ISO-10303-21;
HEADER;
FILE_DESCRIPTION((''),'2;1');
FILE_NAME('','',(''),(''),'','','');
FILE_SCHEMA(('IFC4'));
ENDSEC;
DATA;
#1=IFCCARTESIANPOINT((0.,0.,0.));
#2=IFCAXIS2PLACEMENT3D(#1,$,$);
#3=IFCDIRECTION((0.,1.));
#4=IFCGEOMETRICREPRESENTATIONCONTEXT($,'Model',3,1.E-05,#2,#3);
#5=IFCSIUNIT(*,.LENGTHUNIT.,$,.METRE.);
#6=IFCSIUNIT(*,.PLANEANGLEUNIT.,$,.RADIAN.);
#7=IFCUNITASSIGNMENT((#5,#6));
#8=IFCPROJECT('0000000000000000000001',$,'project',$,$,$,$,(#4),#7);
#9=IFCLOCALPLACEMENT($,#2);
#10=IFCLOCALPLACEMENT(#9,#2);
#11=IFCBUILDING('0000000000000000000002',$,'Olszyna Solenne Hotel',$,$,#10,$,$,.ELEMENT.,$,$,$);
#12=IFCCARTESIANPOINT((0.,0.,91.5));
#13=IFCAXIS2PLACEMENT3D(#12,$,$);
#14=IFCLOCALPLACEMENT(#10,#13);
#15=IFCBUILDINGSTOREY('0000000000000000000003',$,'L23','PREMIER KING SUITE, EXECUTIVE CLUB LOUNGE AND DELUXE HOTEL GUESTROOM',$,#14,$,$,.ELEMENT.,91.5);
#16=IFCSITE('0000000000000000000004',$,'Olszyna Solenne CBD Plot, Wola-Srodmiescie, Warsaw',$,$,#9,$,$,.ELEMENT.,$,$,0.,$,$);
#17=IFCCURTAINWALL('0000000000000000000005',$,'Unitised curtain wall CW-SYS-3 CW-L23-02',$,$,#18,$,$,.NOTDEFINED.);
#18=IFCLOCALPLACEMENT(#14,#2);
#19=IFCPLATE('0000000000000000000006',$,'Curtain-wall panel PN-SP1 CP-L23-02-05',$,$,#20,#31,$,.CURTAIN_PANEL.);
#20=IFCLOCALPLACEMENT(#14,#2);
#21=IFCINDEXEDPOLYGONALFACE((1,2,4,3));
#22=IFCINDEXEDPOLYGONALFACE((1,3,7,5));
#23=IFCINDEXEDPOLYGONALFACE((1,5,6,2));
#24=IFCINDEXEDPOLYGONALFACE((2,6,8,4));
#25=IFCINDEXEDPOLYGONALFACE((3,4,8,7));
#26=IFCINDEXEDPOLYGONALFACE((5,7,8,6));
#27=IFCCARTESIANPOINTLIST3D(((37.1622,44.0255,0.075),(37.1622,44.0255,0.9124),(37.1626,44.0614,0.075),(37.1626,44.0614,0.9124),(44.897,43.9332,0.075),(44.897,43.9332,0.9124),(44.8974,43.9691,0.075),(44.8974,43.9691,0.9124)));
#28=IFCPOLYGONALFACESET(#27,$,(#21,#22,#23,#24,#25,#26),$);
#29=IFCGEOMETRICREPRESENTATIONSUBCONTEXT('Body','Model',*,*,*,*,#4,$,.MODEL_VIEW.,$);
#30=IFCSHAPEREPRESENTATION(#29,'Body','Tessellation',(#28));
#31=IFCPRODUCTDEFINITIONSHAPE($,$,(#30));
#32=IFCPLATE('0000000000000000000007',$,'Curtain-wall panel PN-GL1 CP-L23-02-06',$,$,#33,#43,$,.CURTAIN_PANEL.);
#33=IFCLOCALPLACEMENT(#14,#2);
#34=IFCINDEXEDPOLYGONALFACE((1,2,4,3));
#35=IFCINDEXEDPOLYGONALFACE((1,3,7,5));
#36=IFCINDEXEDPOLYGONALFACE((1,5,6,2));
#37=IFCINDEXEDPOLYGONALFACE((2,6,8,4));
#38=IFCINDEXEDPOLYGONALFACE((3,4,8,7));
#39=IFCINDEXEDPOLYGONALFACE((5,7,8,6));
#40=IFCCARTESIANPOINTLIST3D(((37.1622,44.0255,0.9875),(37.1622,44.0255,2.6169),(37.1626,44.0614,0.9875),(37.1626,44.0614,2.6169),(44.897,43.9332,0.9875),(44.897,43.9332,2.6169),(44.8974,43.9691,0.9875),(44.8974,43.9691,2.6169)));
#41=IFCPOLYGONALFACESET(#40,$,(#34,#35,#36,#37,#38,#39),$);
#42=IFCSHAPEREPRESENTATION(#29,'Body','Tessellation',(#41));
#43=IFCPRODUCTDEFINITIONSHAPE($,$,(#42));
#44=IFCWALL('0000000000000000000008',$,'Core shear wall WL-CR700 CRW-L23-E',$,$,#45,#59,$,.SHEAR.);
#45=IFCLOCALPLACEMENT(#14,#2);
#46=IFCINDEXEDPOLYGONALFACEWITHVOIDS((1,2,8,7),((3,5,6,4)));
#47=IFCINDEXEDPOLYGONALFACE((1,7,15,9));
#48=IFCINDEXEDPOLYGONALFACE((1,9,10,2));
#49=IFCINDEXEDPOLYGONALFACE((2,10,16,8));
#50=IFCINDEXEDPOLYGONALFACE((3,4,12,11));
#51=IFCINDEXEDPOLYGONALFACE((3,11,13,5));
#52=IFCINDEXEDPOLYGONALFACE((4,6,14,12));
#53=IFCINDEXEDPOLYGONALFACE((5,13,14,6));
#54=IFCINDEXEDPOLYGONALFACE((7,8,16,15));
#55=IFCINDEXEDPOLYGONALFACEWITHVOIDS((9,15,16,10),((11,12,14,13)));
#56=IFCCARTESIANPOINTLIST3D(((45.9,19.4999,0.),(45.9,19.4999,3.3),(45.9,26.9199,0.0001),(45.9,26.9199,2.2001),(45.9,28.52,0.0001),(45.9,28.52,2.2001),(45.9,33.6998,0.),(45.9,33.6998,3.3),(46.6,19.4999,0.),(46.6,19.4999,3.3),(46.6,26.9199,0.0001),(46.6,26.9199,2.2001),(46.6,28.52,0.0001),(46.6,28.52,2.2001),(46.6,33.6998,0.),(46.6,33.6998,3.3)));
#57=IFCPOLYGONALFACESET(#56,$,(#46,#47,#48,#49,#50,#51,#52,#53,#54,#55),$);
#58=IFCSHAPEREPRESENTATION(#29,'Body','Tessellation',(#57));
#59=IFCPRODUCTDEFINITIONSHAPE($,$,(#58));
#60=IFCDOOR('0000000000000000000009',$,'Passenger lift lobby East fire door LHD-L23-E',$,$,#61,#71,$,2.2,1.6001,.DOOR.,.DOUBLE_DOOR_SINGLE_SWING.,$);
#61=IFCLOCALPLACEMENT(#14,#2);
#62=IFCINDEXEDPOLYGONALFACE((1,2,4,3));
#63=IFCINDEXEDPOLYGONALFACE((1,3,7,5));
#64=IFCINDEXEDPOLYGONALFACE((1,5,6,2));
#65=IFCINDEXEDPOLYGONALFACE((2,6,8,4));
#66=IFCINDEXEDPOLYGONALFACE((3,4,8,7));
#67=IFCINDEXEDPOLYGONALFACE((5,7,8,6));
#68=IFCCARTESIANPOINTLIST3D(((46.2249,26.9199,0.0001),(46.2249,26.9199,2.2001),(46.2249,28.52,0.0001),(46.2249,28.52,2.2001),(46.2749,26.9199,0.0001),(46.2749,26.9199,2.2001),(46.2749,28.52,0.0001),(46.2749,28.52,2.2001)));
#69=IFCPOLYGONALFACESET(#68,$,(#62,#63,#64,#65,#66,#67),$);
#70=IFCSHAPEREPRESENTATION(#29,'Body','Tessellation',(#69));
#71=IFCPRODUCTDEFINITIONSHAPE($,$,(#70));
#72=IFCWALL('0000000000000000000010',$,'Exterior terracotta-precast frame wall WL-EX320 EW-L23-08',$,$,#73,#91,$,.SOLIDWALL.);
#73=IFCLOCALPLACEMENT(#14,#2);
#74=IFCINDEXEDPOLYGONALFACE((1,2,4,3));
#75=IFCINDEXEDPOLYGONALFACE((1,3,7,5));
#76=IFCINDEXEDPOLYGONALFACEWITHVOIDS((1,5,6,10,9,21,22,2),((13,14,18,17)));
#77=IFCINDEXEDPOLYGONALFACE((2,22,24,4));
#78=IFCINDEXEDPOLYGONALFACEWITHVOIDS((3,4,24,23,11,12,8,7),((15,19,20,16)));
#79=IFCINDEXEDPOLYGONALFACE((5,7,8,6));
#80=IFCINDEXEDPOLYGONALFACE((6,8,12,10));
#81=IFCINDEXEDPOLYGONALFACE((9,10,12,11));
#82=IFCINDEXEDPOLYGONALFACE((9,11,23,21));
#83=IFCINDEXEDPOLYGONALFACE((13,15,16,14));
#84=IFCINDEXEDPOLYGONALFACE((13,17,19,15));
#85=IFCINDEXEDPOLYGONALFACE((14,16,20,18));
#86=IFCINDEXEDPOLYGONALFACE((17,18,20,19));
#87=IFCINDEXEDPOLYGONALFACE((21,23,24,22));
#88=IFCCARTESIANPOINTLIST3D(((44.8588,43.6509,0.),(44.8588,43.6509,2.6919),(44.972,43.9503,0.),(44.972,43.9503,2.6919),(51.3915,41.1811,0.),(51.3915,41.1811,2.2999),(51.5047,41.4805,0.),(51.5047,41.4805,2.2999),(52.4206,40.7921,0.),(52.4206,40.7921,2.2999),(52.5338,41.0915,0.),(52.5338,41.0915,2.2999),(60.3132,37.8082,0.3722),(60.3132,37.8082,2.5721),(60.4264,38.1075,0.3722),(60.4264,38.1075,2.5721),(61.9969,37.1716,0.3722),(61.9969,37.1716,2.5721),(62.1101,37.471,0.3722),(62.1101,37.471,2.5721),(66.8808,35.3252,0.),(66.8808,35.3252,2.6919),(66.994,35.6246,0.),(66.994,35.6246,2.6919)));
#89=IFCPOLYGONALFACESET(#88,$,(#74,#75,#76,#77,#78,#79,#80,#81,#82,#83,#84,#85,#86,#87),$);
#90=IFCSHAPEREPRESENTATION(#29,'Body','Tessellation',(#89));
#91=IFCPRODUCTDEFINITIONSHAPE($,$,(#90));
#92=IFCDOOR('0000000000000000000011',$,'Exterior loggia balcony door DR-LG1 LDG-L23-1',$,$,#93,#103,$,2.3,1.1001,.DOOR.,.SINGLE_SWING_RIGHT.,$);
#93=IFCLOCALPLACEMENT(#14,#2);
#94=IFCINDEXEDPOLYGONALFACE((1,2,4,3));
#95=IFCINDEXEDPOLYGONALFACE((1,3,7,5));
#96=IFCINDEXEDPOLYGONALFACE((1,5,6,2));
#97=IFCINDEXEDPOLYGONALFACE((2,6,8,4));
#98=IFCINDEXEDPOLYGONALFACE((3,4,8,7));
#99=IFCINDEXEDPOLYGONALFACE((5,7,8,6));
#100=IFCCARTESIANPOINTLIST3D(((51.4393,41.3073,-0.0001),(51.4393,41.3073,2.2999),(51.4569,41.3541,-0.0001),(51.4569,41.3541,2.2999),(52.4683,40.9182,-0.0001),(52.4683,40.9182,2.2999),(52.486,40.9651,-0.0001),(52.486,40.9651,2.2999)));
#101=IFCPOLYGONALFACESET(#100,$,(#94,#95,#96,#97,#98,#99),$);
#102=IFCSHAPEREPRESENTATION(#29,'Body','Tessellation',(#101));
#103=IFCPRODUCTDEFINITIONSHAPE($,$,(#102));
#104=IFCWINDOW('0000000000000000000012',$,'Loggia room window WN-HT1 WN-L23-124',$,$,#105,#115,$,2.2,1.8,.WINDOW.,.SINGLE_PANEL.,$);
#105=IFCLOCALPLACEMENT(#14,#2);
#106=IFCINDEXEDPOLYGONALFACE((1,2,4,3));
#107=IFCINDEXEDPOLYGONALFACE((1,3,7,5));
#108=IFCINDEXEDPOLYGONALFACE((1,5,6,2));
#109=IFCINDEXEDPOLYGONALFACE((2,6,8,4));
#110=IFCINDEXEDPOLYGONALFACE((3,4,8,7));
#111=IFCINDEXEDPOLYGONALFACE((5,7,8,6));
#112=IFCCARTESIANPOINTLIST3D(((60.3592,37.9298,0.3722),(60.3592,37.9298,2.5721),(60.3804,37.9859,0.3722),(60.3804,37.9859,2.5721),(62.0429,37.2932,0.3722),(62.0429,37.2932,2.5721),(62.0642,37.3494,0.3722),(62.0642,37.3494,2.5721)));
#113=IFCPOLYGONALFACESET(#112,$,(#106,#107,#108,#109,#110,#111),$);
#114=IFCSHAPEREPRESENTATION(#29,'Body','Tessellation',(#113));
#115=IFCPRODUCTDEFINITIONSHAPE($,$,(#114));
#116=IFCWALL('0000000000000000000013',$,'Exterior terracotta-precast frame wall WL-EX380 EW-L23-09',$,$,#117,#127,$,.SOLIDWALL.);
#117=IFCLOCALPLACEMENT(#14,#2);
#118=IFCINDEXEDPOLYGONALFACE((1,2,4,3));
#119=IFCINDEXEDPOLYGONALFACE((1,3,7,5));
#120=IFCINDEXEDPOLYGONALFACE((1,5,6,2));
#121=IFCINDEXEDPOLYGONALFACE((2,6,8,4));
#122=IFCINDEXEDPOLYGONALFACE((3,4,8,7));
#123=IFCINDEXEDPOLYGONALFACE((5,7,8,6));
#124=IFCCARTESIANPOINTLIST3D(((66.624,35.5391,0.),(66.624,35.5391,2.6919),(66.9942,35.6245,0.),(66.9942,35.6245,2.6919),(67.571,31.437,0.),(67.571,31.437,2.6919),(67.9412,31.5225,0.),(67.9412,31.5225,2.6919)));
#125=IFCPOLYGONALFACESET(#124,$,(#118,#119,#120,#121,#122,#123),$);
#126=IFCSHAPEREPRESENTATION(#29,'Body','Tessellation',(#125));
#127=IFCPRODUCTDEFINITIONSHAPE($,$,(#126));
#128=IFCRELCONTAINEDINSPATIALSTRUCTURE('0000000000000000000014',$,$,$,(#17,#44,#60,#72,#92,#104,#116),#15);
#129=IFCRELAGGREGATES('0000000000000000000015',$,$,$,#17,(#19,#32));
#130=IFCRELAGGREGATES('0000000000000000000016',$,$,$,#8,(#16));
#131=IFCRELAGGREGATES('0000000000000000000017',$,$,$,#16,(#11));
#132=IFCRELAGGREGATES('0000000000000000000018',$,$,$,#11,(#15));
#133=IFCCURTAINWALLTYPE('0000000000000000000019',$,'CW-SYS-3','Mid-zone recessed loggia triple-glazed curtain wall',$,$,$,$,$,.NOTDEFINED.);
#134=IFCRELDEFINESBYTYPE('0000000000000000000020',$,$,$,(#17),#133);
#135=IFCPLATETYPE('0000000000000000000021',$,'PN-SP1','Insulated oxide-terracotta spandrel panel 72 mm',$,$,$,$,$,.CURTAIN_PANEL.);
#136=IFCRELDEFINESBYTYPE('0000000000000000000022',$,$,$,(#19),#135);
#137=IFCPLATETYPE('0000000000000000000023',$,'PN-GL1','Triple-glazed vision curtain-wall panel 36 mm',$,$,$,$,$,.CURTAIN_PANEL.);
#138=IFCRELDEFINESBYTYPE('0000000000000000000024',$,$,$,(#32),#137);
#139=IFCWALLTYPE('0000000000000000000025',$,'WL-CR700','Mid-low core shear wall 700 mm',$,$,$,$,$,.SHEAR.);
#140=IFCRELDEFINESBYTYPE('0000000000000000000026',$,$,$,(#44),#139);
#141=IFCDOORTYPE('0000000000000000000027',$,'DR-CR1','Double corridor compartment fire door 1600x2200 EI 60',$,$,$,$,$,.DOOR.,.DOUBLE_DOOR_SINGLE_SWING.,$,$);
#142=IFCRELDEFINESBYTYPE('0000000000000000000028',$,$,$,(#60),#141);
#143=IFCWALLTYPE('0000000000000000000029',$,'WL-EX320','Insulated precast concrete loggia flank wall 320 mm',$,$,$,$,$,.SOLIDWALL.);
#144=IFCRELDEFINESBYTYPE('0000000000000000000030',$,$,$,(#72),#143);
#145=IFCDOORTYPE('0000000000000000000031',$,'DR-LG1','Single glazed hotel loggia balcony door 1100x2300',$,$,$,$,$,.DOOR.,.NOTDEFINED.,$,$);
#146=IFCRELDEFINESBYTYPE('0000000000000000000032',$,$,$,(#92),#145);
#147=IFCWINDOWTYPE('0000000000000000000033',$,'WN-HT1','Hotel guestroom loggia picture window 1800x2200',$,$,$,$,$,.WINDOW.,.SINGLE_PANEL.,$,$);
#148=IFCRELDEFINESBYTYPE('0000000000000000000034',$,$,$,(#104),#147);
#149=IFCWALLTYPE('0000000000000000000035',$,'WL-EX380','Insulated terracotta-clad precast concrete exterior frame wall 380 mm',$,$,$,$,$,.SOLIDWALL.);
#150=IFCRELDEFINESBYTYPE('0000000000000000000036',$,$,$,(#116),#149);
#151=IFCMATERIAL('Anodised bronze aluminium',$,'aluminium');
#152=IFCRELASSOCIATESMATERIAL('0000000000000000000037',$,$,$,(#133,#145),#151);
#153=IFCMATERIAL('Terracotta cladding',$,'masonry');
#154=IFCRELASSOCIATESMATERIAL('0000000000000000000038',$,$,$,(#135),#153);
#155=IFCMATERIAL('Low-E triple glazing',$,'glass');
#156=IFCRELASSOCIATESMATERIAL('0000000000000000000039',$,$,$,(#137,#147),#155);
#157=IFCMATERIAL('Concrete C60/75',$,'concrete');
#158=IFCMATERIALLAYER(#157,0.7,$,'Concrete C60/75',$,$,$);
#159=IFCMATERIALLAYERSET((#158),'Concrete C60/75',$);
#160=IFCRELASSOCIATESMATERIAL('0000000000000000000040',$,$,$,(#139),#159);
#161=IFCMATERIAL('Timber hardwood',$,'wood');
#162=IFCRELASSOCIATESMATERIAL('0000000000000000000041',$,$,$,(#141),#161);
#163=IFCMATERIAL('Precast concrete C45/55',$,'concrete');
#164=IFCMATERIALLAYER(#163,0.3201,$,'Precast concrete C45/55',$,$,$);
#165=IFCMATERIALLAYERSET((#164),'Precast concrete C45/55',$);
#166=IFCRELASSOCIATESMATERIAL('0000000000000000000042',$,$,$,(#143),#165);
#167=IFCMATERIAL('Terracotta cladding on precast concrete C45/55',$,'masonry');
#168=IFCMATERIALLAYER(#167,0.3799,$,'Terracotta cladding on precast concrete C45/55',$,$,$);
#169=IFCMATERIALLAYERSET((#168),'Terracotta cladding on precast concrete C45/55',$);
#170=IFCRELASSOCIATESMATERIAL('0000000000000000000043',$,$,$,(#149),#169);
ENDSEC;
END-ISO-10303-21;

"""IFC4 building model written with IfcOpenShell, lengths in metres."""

from ifc_helpers import new_model, si_unit, direction, frame, frame_2d, origin, origin_2d, place, context, subcontext, project, spatial, rectangle, extrude, source, transform, mapped, material, layer, layer_set, type_object, type_shapes, element, fill, aggregate, save


model = new_model("IFC4")

# Units and contexts
model_context = context("Model", 3, precision=1e-05, world=origin(), true_north=direction((0.0, 1.0)))
body_context = subcontext(model_context, "Body", "Model", "MODEL_VIEW")
ifc_project = project(units=[si_unit("LENGTHUNIT", "METRE"), si_unit("PLANEANGLEUNIT", "RADIAN")], contexts=[model_context])

# Site, building, storey
site_placement = place(None, origin())
site = spatial("IfcSite", under=ifc_project, at=site_placement, Name="Olszyna Solenne CBD Plot, Wola-Srodmiescie, Warsaw", CompositionType="ELEMENT", RefElevation=0.0)
building_placement = place(site_placement, origin())
building = spatial("IfcBuilding", under=site, at=building_placement, Name="Olszyna Solenne Hotel", CompositionType="ELEMENT")
storey_placement = place(building_placement, frame((0.0, 0.0, 91.5)))
storey = spatial("IfcBuildingStorey", under=building, at=storey_placement, Name="L23", Description="PREMIER KING SUITE, EXECUTIVE CLUB LOUNGE AND DELUXE HOTEL GUESTROOM", CompositionType="ELEMENT", Elevation=91.5)

# Curtain wall
ifc_material_1 = material(Name="Anodised bronze aluminium", Category="aluminium")
curtain_wall_type = type_object("IfcCurtainWallType", Name="CW-SYS-3", Description="Mid-zone recessed loggia triple-glazed curtain wall", PredefinedType="NOTDEFINED", material=ifc_material_1)
curtain_wall_placement = place(storey_placement, origin())
curtain_wall = element("IfcCurtainWall", 1, at=curtain_wall_placement, inside=storey, type_object=curtain_wall_type, Name="Unitised curtain wall CW-SYS-3 CW-L23-02", PredefinedType="NOTDEFINED")

# Plates
ifc_material_2 = material(Name="Terracotta cladding", Category="masonry")
plate_type_1 = type_object("IfcPlateType", Name="PN-SP1", Description="Insulated oxide-terracotta spandrel panel 72 mm", PredefinedType="CURTAIN_PANEL", material=ifc_material_2)
shared_shape_1 = source(origin(), body_context, "Body", "SweptSolid", [
    extrude(rectangle(XDim=7.7354, YDim=0.0359, at=origin_2d()), origin(), (0.0, 0.0, 1.0), 0.8374),
])
plate_1_placement = place(storey_placement, frame((41.0298, 43.9973, 0.075), z_axis=(0.0, 0.0, 1.0), x_axis=(0.999929, -0.011927, 0.0)))
plate_1 = element("IfcPlate", 2, at=plate_1_placement, type_object=plate_type_1, Name="Curtain-wall panel PN-SP1 CP-L23-02-05", PredefinedType="CURTAIN_PANEL", context=body_context, shape_type="MappedRepresentation", body=[
    mapped(shared_shape_1, transform((0.0, 0.0, 0.0), x_axis=(1.0, 0.0, 0.0), y_axis=(0.0, 1.0, 0.0), z_axis=(0.0, 0.0, 1.0), scale=1.0)),
])
ifc_material_3 = material(Name="Low-E triple glazing", Category="glass")
plate_type_2 = type_object("IfcPlateType", Name="PN-GL1", Description="Triple-glazed vision curtain-wall panel 36 mm", PredefinedType="CURTAIN_PANEL", material=ifc_material_3)
shared_shape_2 = source(origin(), body_context, "Body", "SweptSolid", [
    extrude(rectangle(XDim=7.7354, YDim=0.0359, at=origin_2d()), origin(), (0.0, 0.0, 1.0), 1.6294),
])
plate_2_placement = place(storey_placement, frame((41.0298, 43.9973, 0.9875), z_axis=(0.0, 0.0, 1.0), x_axis=(0.999929, -0.011927, 0.0)))
plate_2 = element("IfcPlate", 3, at=plate_2_placement, type_object=plate_type_2, Name="Curtain-wall panel PN-GL1 CP-L23-02-06", PredefinedType="CURTAIN_PANEL", context=body_context, shape_type="MappedRepresentation", body=[
    mapped(shared_shape_2, transform((0.0, 0.0, 0.0), x_axis=(1.0, 0.0, 0.0), y_axis=(0.0, 1.0, 0.0), z_axis=(0.0, 0.0, 1.0), scale=1.0)),
])
aggregate(curtain_wall, [plate_1, plate_2])

# Wall, opening, door
ifc_material_4 = material(Name="Concrete C60/75", Category="concrete")
ifc_layer_1 = layer(ifc_material_4, 0.7, Name="Concrete C60/75")
ifc_layer_set_1 = layer_set([ifc_layer_1], Name="Concrete C60/75")
wall_type_1 = type_object("IfcWallType", Name="WL-CR700", Description="Mid-low core shear wall 700 mm", PredefinedType="SHEAR", material=ifc_layer_set_1)
wall_1_placement = place(storey_placement, frame((46.25, 33.7, 0.0), z_axis=(0.0, 0.0, 1.0), x_axis=(0.0, -1.0, 0.0)))
wall_1 = element("IfcWall", 4, at=wall_1_placement, inside=storey, type_object=wall_type_1, Name="Core shear wall WL-CR700 CRW-L23-E", PredefinedType="SHEAR", context=body_context, shape_type="SweptSolid", body=[
    extrude(rectangle(XDim=14.2, YDim=0.7, at=frame_2d((7.1001, 0.0))), origin(), (0.0, 0.0, 1.0), 3.3),
])
opening_1_placement = place(wall_1_placement, frame((5.1799, 0.0, 0.0)))
opening_1 = element("IfcOpeningElement", 5, at=opening_1_placement, cuts=wall_1, PredefinedType="OPENING", context=body_context, shape_type="SweptSolid", body=[
    extrude(rectangle(XDim=1.6001, YDim=2.2, at=frame_2d((0.8, 1.1001))), frame((0.0, 0.3599, 0.0), z_axis=(0.0, -1.0, 0.0), x_axis=(1.0, 0.0, 0.0)), (0.0, 0.0, 1.0), 0.72),
])
ifc_material_5 = material(Name="Timber hardwood", Category="wood")
door_type_1 = type_object("IfcDoorType", Name="DR-CR1", Description="Double corridor compartment fire door 1600x2200 EI 60", OperationType="DOUBLE_DOOR_SINGLE_SWING", PredefinedType="DOOR", material=ifc_material_5)
shared_shape_3 = source(origin(), body_context, "Body", "SweptSolid", [
    extrude(rectangle(XDim=1.6001, YDim=2.2, at=frame_2d((0.8, 1.1001))), frame((0.0, 0.0249, 0.0), z_axis=(0.0, -1.0, 0.0), x_axis=(1.0, 0.0, 0.0)), (0.0, 0.0, 1.0), 0.05),
])
type_shapes(door_type_1, [shared_shape_3])
door_1_placement = place(opening_1_placement, origin())
door_1 = element("IfcDoor", 6, at=door_1_placement, inside=storey, type_object=door_type_1, Name="Passenger lift lobby East fire door LHD-L23-E", OperationType="DOUBLE_DOOR_SINGLE_SWING", OverallHeight=2.2, OverallWidth=1.6001, PredefinedType="DOOR", context=body_context, shape_type="MappedRepresentation", body=[
    mapped(shared_shape_3, transform((0.0, 0.0, 0.0), x_axis=(1.0, 0.0, 0.0), y_axis=(0.0, 1.0, 0.0), z_axis=(0.0, 0.0, 1.0), scale=1.0)),
])
fill(opening_1, door_1)

# Wall, openings, door, window
ifc_material_6 = material(Name="Precast concrete C45/55", Category="concrete")
ifc_layer_2 = layer(ifc_material_6, 0.3201, Name="Precast concrete C45/55")
ifc_layer_set_2 = layer_set([ifc_layer_2], Name="Precast concrete C45/55")
wall_type_2 = type_object("IfcWallType", Name="WL-EX320", Description="Insulated precast concrete loggia flank wall 320 mm", PredefinedType="SOLIDWALL", material=ifc_layer_set_2)
wall_2_placement = place(storey_placement, frame((44.9155, 43.8005, 0.0), z_axis=(0.0, 0.0, 1.0), x_axis=(0.935384, -0.353634, 0.0)))
wall_2 = element("IfcWall", 7, at=wall_2_placement, inside=storey, type_object=wall_type_2, Name="Exterior terracotta-precast frame wall WL-EX320 EW-L23-08", PredefinedType="SOLIDWALL", context=body_context, shape_type="SweptSolid", body=[
    extrude(rectangle(XDim=23.5432, YDim=0.3201, at=frame_2d((11.7715, 0.0))), origin(), (0.0, 0.0, 1.0), 2.6919),
])
opening_2_placement = place(wall_2_placement, frame((6.9839, 0.0, 0.0)))
opening_2 = element("IfcOpeningElement", 8, at=opening_2_placement, cuts=wall_2, PredefinedType="OPENING", context=body_context, shape_type="SweptSolid", body=[
    extrude(rectangle(XDim=1.1001, YDim=2.3, at=frame_2d((0.55, 1.1499))), frame((0.0, 0.1699, 0.0), z_axis=(0.0, -1.0, 0.0), x_axis=(1.0, 0.0, 0.0)), (0.0, 0.0, 1.0), 0.3401),
])
opening_3_placement = place(wall_2_placement, frame((16.522, 0.0, 0.3721)))
opening_3 = element("IfcOpeningElement", 9, at=opening_3_placement, cuts=wall_2, PredefinedType="OPENING", context=body_context, shape_type="SweptSolid", body=[
    extrude(rectangle(XDim=1.8, YDim=2.2, at=frame_2d((0.8999, 1.1001))), frame((0.0, 0.1699, 0.0), z_axis=(0.0, -1.0, 0.0), x_axis=(1.0, 0.0, 0.0)), (0.0, 0.0, 1.0), 0.3401),
])
door_type_2 = type_object("IfcDoorType", Name="DR-LG1", Description="Single glazed hotel loggia balcony door 1100x2300", OperationType="NOTDEFINED", PredefinedType="DOOR", material=ifc_material_1)
shared_shape_4 = source(origin(), body_context, "Body", "SweptSolid", [
    extrude(rectangle(XDim=1.1001, YDim=2.3, at=frame_2d((0.55, 1.1499))), frame((0.0, 0.0249, 0.0), z_axis=(0.0, -1.0, 0.0), x_axis=(1.0, 0.0, 0.0)), (0.0, 0.0, 1.0), 0.05),
])
type_shapes(door_type_2, [shared_shape_4])
door_2_placement = place(opening_2_placement, origin())
door_2 = element("IfcDoor", 10, at=door_2_placement, inside=storey, type_object=door_type_2, Name="Exterior loggia balcony door DR-LG1 LDG-L23-1", OperationType="SINGLE_SWING_RIGHT", OverallHeight=2.3, OverallWidth=1.1001, PredefinedType="DOOR", context=body_context, shape_type="MappedRepresentation", body=[
    mapped(shared_shape_4, transform((0.0, 0.0, 0.0), x_axis=(1.0, 0.0, 0.0), y_axis=(0.0, 1.0, 0.0), z_axis=(0.0, 0.0, 1.0), scale=1.0)),
])
fill(opening_2, door_2)
window_type_1 = type_object("IfcWindowType", Name="WN-HT1", Description="Hotel guestroom loggia picture window 1800x2200", PartitioningType="SINGLE_PANEL", PredefinedType="WINDOW", material=ifc_material_3)
shared_shape_5 = source(origin(), body_context, "Body", "SweptSolid", [
    extrude(rectangle(XDim=1.8, YDim=2.2, at=frame_2d((0.8999, 1.1001))), frame((0.0, 0.03, 0.0), z_axis=(0.0, -1.0, 0.0), x_axis=(1.0, 0.0, 0.0)), (0.0, 0.0, 1.0), 0.0601),
])
type_shapes(window_type_1, [shared_shape_5])
window_1_placement = place(opening_3_placement, origin())
window_1 = element("IfcWindow", 11, at=window_1_placement, inside=storey, type_object=window_type_1, Name="Loggia room window WN-HT1 WN-L23-124", OverallHeight=2.2, OverallWidth=1.8, PartitioningType="SINGLE_PANEL", PredefinedType="WINDOW", context=body_context, shape_type="MappedRepresentation", body=[
    mapped(shared_shape_5, transform((0.0, 0.0, 0.0), x_axis=(1.0, 0.0, 0.0), y_axis=(0.0, 1.0, 0.0), z_axis=(0.0, 0.0, 1.0), scale=1.0)),
])
fill(opening_3, window_1)

# Wall
ifc_material_7 = material(Name="Terracotta cladding on precast concrete C45/55", Category="masonry")
ifc_layer_3 = layer(ifc_material_7, 0.3799, Name="Terracotta cladding on precast concrete C45/55")
ifc_layer_set_3 = layer_set([ifc_layer_3], Name="Terracotta cladding on precast concrete C45/55")
wall_type_3 = type_object("IfcWallType", Name="WL-EX380", Description="Insulated terracotta-clad precast concrete exterior frame wall 380 mm", PredefinedType="SOLIDWALL", material=ifc_layer_set_3)
wall_3_placement = place(storey_placement, frame((66.8091, 35.5818, 0.0), z_axis=(0.0, 0.0, 1.0), x_axis=(0.224948, -0.974371, 0.0)))
element("IfcWall", 12, at=wall_3_placement, inside=storey, type_object=wall_type_3, Name="Exterior terracotta-precast frame wall WL-EX380 EW-L23-09", PredefinedType="SOLIDWALL", context=body_context, shape_type="SweptSolid", body=[
    extrude(rectangle(XDim=4.21, YDim=0.3799, at=frame_2d((2.105, 0.0))), origin(), (0.0, 0.0, 1.0), 2.6919),
])

save(model, "model.ifc")
